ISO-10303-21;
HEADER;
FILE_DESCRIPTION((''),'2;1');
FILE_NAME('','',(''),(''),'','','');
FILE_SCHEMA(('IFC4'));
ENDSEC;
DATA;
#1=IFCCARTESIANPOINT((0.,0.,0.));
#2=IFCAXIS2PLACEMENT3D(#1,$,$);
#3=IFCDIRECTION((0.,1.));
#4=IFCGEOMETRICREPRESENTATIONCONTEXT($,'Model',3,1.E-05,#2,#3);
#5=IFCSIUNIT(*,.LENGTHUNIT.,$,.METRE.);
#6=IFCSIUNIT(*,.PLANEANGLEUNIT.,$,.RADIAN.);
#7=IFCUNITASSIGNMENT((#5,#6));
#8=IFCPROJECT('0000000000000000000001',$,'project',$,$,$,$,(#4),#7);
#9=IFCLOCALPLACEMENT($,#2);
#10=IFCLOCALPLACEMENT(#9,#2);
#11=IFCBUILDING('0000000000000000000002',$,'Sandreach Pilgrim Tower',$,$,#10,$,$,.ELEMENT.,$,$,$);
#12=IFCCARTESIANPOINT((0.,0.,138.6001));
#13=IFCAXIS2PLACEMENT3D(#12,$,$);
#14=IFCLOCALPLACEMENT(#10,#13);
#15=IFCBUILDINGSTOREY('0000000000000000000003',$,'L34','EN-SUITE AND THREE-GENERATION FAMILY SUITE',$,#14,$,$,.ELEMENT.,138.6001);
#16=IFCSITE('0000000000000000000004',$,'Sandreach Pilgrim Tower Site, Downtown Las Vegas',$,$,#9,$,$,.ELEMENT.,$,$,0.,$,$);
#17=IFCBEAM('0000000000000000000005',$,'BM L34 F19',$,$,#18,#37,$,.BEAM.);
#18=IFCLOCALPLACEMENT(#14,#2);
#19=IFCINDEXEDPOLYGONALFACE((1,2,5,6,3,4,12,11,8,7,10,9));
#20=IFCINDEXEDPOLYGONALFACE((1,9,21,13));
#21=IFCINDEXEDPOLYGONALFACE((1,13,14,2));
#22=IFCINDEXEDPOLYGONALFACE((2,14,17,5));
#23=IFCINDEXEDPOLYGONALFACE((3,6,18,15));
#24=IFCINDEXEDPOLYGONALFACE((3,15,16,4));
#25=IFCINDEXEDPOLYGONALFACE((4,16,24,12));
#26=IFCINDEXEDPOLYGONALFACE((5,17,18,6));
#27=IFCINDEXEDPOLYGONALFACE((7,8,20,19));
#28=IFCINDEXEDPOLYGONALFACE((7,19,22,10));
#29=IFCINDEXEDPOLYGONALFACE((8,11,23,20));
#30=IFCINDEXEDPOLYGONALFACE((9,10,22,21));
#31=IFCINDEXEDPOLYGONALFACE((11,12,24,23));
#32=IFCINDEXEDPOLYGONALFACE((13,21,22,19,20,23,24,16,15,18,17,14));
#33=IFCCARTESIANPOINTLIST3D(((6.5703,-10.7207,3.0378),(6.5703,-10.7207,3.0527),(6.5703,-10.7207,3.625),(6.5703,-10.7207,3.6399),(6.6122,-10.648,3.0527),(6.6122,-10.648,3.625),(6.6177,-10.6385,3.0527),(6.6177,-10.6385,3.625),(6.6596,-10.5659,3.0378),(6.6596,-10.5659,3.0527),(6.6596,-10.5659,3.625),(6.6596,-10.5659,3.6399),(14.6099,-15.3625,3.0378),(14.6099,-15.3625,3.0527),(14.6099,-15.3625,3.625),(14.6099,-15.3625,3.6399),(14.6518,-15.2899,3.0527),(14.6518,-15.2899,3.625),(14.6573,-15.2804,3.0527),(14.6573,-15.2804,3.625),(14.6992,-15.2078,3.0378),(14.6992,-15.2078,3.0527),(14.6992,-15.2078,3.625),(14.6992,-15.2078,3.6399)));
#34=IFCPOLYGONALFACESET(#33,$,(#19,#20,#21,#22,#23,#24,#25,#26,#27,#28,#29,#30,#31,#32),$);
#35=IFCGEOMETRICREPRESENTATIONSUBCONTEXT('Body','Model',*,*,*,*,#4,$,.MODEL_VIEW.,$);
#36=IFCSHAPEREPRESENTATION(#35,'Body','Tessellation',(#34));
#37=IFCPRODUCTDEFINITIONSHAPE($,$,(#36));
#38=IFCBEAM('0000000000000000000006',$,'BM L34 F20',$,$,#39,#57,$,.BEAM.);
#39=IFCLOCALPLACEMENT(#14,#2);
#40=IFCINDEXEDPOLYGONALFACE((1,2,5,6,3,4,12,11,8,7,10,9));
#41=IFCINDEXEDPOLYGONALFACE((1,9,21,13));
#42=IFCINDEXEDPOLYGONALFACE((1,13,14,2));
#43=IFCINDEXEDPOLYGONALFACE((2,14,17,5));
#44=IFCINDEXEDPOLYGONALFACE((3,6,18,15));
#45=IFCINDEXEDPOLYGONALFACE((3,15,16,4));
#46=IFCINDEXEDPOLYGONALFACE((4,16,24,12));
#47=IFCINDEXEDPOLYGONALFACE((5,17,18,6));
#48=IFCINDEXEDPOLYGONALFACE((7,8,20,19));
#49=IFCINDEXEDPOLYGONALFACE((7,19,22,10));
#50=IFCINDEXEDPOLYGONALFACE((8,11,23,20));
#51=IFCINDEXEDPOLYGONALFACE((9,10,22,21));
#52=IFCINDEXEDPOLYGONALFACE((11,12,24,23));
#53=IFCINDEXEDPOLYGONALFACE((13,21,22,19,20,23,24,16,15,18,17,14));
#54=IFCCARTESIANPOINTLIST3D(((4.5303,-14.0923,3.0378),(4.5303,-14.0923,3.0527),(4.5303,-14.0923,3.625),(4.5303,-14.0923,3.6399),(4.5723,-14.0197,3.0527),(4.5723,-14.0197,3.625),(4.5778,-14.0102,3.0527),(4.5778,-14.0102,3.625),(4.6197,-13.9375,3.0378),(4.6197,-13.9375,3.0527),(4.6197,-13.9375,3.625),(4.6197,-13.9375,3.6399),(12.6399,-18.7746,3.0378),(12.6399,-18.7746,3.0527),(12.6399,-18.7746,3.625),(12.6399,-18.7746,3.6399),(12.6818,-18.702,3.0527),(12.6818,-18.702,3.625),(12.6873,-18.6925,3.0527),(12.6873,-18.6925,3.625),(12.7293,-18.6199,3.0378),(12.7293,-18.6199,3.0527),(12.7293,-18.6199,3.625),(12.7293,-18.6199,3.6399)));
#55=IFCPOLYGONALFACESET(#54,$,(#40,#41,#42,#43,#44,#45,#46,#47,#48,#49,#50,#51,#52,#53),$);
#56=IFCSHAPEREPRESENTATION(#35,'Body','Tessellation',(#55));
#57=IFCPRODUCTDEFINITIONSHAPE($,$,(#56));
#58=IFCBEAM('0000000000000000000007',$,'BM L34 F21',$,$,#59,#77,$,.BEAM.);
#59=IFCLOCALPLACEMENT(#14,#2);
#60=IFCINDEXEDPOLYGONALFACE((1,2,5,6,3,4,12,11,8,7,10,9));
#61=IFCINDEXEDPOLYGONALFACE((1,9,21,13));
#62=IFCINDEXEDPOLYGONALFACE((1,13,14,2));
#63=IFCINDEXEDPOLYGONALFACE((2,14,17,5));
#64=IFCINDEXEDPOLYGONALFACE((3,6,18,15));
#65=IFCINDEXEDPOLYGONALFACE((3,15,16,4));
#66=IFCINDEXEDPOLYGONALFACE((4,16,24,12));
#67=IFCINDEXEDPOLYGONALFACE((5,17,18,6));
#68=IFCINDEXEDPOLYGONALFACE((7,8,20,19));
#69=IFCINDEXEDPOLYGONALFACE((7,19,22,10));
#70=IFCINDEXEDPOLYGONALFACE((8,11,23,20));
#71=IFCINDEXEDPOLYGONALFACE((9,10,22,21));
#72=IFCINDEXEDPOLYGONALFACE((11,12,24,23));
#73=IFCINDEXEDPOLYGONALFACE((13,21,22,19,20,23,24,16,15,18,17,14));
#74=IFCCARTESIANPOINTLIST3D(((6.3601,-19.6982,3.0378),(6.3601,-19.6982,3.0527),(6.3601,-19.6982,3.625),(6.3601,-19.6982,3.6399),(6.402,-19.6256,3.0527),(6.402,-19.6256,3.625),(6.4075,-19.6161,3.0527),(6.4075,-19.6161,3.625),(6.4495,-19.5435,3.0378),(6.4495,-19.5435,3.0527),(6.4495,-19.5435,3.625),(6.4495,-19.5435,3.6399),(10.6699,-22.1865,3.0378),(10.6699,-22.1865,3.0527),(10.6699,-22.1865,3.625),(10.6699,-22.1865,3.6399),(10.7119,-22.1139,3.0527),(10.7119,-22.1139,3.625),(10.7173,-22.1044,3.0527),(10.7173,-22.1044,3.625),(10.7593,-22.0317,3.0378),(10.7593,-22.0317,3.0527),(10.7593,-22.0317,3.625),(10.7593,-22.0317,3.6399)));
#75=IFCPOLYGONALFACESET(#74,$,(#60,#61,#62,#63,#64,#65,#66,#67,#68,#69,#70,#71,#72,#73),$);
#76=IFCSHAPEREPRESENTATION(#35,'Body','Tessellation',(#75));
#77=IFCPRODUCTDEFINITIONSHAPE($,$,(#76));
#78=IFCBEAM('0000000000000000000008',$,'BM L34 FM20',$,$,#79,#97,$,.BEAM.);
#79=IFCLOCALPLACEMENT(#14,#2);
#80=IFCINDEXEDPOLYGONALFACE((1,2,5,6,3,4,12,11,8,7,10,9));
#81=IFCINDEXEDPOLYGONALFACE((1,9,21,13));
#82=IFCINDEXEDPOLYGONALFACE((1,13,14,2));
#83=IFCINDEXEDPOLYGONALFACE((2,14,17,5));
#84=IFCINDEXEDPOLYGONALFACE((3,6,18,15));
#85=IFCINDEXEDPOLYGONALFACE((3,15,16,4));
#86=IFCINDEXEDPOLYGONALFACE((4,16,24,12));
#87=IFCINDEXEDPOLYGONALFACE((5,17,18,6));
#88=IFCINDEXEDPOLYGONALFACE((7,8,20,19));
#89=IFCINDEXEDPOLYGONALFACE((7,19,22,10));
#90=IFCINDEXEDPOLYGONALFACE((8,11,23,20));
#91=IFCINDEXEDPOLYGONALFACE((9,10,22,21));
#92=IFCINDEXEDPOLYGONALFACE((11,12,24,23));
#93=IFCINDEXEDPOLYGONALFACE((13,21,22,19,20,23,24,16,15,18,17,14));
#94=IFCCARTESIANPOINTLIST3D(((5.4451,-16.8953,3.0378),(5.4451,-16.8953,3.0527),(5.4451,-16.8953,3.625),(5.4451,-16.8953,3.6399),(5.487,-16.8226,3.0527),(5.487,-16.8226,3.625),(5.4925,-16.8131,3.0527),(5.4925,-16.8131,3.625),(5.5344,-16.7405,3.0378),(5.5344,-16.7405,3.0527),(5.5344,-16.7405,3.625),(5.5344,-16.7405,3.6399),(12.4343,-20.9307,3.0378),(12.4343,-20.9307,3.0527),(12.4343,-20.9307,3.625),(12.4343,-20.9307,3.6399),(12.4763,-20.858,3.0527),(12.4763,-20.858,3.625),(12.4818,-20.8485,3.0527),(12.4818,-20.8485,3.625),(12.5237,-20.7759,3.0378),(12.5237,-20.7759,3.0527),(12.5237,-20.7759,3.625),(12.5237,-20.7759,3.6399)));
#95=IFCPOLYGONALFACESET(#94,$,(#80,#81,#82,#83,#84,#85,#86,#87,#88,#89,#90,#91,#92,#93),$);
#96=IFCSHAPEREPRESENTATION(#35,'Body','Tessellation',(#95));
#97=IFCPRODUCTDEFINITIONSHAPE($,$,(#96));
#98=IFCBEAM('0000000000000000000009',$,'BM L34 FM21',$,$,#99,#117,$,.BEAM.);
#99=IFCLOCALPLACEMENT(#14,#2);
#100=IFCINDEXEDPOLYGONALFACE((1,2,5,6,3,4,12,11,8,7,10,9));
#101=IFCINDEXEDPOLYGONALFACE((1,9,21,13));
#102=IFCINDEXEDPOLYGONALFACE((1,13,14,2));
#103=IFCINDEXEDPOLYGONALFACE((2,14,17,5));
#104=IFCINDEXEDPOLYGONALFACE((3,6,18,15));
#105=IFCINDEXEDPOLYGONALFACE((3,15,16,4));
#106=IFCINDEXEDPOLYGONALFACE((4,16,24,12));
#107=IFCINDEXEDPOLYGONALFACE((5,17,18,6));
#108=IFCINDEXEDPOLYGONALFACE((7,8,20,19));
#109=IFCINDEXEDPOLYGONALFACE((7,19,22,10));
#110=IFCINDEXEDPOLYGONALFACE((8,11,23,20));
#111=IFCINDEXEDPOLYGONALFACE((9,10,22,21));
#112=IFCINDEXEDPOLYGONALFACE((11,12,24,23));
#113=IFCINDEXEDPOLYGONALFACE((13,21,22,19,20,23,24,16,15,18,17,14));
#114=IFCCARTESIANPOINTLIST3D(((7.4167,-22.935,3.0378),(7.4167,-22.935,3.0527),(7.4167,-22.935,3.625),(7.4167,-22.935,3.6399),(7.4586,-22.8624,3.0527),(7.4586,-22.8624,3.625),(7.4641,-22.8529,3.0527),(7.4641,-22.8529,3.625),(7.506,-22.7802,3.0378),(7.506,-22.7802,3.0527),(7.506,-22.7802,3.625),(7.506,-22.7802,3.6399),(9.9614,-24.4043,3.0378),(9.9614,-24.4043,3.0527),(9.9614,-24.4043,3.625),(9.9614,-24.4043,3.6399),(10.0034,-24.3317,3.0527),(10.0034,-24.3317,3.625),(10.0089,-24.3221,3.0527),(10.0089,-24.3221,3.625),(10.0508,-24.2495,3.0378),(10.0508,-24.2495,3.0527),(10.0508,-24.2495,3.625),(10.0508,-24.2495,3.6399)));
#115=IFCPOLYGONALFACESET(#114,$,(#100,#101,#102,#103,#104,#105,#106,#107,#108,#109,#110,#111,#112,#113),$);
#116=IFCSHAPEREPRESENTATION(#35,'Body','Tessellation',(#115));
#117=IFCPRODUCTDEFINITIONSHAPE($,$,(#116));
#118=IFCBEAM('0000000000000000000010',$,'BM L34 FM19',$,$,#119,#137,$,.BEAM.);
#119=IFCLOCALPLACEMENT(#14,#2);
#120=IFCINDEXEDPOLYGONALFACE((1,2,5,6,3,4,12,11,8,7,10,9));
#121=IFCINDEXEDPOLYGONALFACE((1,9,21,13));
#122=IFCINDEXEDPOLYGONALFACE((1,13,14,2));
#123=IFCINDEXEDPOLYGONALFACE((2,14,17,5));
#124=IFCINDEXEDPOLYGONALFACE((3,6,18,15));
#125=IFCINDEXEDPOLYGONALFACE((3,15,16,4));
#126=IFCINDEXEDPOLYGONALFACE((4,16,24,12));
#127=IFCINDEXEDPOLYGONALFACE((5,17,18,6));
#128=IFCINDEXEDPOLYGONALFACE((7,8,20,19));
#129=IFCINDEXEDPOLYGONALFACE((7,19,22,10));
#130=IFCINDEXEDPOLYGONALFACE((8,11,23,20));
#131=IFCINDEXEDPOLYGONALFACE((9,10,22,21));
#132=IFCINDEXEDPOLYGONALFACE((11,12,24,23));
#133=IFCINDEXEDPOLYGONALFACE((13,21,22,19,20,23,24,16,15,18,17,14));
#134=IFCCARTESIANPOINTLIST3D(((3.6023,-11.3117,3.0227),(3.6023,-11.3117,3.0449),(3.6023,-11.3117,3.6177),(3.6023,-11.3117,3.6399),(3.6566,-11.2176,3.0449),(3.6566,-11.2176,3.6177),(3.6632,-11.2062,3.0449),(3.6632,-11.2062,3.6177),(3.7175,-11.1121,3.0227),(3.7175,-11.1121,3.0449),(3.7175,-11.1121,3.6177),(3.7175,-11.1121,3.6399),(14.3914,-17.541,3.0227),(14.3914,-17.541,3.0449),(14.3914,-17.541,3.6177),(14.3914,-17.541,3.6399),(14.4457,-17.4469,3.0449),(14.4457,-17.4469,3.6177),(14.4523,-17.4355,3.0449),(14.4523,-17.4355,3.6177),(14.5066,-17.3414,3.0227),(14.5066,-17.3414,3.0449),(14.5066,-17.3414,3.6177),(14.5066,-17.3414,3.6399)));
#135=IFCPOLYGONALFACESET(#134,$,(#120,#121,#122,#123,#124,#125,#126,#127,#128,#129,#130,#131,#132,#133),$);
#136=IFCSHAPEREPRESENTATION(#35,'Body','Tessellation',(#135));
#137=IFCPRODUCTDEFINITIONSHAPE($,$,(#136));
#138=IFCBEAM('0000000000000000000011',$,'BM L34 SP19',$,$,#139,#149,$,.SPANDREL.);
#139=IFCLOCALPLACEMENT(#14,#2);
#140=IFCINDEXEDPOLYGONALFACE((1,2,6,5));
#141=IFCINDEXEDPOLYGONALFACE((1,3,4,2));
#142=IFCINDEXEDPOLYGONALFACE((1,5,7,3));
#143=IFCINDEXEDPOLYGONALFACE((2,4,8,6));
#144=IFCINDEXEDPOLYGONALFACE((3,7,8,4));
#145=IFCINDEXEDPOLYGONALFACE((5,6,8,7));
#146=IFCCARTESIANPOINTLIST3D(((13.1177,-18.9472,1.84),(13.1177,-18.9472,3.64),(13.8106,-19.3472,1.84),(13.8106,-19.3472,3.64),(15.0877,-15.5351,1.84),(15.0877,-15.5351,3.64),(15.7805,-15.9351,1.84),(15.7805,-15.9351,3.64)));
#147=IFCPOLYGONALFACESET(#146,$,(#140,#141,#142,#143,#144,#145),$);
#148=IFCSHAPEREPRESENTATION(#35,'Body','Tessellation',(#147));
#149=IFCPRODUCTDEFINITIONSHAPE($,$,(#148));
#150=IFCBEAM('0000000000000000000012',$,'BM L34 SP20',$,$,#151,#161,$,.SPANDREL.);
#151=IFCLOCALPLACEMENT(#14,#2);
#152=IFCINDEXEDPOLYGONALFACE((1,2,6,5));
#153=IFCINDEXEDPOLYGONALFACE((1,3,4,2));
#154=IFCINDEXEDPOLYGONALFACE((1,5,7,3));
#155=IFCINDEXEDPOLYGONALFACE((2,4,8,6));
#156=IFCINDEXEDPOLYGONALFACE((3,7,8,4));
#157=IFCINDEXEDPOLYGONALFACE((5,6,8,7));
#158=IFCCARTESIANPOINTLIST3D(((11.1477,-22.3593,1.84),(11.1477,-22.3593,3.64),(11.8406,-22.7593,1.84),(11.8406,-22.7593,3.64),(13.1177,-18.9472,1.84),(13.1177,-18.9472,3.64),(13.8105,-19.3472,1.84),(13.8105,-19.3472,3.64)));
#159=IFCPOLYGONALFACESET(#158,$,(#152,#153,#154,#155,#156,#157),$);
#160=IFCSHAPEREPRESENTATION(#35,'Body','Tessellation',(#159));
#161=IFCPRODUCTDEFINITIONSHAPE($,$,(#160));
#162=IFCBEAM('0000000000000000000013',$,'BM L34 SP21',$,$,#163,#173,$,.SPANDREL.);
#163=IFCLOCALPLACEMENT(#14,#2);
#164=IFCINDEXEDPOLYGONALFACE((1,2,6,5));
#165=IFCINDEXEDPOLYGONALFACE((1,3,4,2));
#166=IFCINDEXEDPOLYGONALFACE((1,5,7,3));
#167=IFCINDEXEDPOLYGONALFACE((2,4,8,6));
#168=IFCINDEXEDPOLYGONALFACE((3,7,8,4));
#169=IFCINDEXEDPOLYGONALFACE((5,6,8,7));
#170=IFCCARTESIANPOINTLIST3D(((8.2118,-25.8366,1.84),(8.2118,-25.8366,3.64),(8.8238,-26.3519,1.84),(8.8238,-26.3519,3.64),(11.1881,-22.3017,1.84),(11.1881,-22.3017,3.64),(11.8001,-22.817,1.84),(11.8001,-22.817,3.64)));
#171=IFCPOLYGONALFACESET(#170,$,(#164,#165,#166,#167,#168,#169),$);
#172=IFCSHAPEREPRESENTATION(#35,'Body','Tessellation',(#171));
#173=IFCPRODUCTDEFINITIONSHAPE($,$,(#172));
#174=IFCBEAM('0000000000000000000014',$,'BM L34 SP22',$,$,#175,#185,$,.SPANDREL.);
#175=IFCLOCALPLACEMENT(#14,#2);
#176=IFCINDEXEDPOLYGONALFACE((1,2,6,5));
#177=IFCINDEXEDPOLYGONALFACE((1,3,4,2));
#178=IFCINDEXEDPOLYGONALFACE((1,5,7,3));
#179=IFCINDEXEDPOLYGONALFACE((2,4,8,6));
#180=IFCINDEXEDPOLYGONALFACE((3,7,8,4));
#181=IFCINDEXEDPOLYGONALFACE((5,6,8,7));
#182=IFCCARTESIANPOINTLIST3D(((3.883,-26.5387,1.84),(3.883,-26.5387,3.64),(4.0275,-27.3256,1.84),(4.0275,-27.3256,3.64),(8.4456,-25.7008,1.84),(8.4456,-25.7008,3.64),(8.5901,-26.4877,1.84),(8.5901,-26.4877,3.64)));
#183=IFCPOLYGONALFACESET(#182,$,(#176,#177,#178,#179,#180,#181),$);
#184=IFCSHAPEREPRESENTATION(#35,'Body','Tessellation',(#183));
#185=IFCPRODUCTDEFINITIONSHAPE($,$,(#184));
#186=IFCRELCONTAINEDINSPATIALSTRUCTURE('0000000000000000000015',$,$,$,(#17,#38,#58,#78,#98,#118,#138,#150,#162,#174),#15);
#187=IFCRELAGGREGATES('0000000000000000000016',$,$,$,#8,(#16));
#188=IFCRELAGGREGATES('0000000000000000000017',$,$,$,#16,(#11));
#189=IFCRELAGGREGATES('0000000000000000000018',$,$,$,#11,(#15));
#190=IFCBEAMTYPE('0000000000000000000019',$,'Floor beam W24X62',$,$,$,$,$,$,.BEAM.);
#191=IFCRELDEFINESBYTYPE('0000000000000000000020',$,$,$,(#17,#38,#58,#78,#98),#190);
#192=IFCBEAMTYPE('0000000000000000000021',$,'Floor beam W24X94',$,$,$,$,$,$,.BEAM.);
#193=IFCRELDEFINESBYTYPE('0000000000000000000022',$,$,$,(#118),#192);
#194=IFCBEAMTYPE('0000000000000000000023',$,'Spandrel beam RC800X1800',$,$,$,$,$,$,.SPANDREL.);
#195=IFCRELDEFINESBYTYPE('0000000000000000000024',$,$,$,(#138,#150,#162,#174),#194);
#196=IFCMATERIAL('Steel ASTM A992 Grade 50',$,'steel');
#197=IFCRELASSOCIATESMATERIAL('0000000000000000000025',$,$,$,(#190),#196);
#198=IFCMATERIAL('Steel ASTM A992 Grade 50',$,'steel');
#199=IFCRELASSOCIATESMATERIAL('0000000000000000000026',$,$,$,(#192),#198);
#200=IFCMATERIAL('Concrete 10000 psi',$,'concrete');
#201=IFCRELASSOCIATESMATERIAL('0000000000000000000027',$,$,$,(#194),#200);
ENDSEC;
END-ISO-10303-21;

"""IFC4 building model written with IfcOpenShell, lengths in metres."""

from ifc_helpers import new_model, si_unit, direction, frame, origin, origin_2d, place, context, subcontext, project, spatial, rectangle, i_section, extrude, material, material_profile, profile_set, type_object, element, save


model = new_model("IFC4")

# Units and contexts
model_context = context("Model", 3, precision=1e-05, world=origin(), true_north=direction((0.0, 1.0)))
body_context = subcontext(model_context, "Body", "Model", "MODEL_VIEW")
ifc_project = project(units=[si_unit("LENGTHUNIT", "METRE"), si_unit("PLANEANGLEUNIT", "RADIAN")], contexts=[model_context])

# Site, building, storey
site_placement = place(None, origin())
site = spatial("IfcSite", under=ifc_project, at=site_placement, Name="Sandreach Pilgrim Tower Site, Downtown Las Vegas", CompositionType="ELEMENT", RefElevation=0.0)
building_placement = place(site_placement, origin())
building = spatial("IfcBuilding", under=site, at=building_placement, Name="Sandreach Pilgrim Tower", CompositionType="ELEMENT")
storey_placement = place(building_placement, frame((0.0, 0.0, 138.6001)))
storey = spatial("IfcBuildingStorey", under=building, at=storey_placement, Name="L34", Description="EN-SUITE AND THREE-GENERATION FAMILY SUITE", CompositionType="ELEMENT", Elevation=138.6001)

# Beams
ifc_material_1 = material(Name="Steel ASTM A992 Grade 50", Category="steel")
ifc_material_profile_1 = material_profile(ifc_material_1, i_section(OverallWidth=0.1787, OverallDepth=0.6021, WebThickness=0.011, FlangeThickness=0.0149, at=origin_2d()), Name="W24X62")
ifc_profile_set_1 = profile_set([ifc_material_profile_1], Name="Steel ASTM A992 Grade 50")
beam_type_1 = type_object("IfcBeamType", Name="Floor beam W24X62", PredefinedType="BEAM", material=ifc_profile_set_1)
beam_1_placement = place(storey_placement, frame((14.6545, -15.2852, 3.3389), z_axis=(-0.866016, 0.500017, 0.0), x_axis=(-0.500017, -0.866016, 0.0)))
element("IfcBeam", 1, at=beam_1_placement, inside=storey, type_object=beam_type_1, Name="BM L34 F19", PredefinedType="BEAM", context=body_context, shape_type="SweptSolid", body=[
    extrude(i_section(OverallWidth=0.1787, OverallDepth=0.6021, WebThickness=0.011, FlangeThickness=0.0149, at=origin_2d()), origin(), (0.0, 0.0, 1.0), 9.2834),
])
beam_2_placement = place(storey_placement, frame((12.6846, -18.6973, 3.3389), z_axis=(-0.866012, 0.500023, 0.0), x_axis=(-0.500023, -0.866012, 0.0)))
element("IfcBeam", 2, at=beam_2_placement, inside=storey, type_object=beam_type_1, Name="BM L34 F20", PredefinedType="BEAM", context=body_context, shape_type="SweptSolid", body=[
    extrude(i_section(OverallWidth=0.1787, OverallDepth=0.6021, WebThickness=0.011, FlangeThickness=0.0149, at=origin_2d()), origin(), (0.0, 0.0, 1.0), 9.3643),
])
beam_3_placement = place(storey_placement, frame((10.7146, -22.1091, 3.3389), z_axis=(-0.866025, 0.500001, 0.0), x_axis=(-0.500001, -0.866025, 0.0)))
element("IfcBeam", 3, at=beam_3_placement, inside=storey, type_object=beam_type_1, Name="BM L34 F21", PredefinedType="BEAM", context=body_context, shape_type="SweptSolid", body=[
    extrude(i_section(OverallWidth=0.1787, OverallDepth=0.6021, WebThickness=0.011, FlangeThickness=0.0149, at=origin_2d()), origin(), (0.0, 0.0, 1.0), 4.9766),
])
beam_4_placement = place(storey_placement, frame((12.479, -20.8533, 3.3389), z_axis=(-0.866017, 0.500014, 0.0), x_axis=(-0.500014, -0.866017, 0.0)))
element("IfcBeam", 4, at=beam_4_placement, inside=storey, type_object=beam_type_1, Name="BM L34 FM20", PredefinedType="BEAM", context=body_context, shape_type="SweptSolid", body=[
    extrude(i_section(OverallWidth=0.1787, OverallDepth=0.6021, WebThickness=0.011, FlangeThickness=0.0149, at=origin_2d()), origin(), (0.0, 0.0, 1.0), 8.0706),
])
beam_5_placement = place(storey_placement, frame((10.0061, -24.3269, 3.3389), z_axis=(-0.866015, 0.500017, 0.0), x_axis=(-0.500017, -0.866015, 0.0)))
element("IfcBeam", 5, at=beam_5_placement, inside=storey, type_object=beam_type_1, Name="BM L34 FM21", PredefinedType="BEAM", context=body_context, shape_type="SweptSolid", body=[
    extrude(i_section(OverallWidth=0.1787, OverallDepth=0.6021, WebThickness=0.011, FlangeThickness=0.0149, at=origin_2d()), origin(), (0.0, 0.0, 1.0), 2.9385),
])
ifc_material_2 = material(Name="Steel ASTM A992 Grade 50", Category="steel")
ifc_material_profile_2 = material_profile(ifc_material_2, i_section(OverallWidth=0.2305, OverallDepth=0.6172, WebThickness=0.0132, FlangeThickness=0.0222, at=origin_2d()), Name="W24X94")
ifc_profile_set_2 = profile_set([ifc_material_profile_2], Name="Steel ASTM A992 Grade 50")
beam_type_2 = type_object("IfcBeamType", Name="Floor beam W24X94", PredefinedType="BEAM", material=ifc_profile_set_2)
beam_6_placement = place(storey_placement, frame((14.449, -17.4412, 3.3313), z_axis=(-0.866019, 0.500011, 0.0), x_axis=(-0.500011, -0.866019, 0.0)))
element("IfcBeam", 6, at=beam_6_placement, inside=storey, type_object=beam_type_2, Name="BM L34 FM19", PredefinedType="BEAM", context=body_context, shape_type="SweptSolid", body=[
    extrude(i_section(OverallWidth=0.2305, OverallDepth=0.6172, WebThickness=0.0132, FlangeThickness=0.0222, at=origin_2d()), origin(), (0.0, 0.0, 1.0), 12.4583),
])
ifc_material_3 = material(Name="Concrete 10000 psi", Category="concrete")
ifc_material_profile_3 = material_profile(ifc_material_3, rectangle(XDim=0.8, YDim=1.8, at=origin_2d()), Name="RC800X1800")
ifc_profile_set_3 = profile_set([ifc_material_profile_3], Name="Concrete 10000 psi")
beam_type_3 = type_object("IfcBeamType", Name="Spandrel beam RC800X1800", PredefinedType="SPANDREL", material=ifc_profile_set_3)
for number, where, z_axis, x_axis, name in (
    (7, (15.4341, -15.7351, 2.74), (-0.499998, -0.866027, 0.0), (0.866027, -0.499998, 0.0), "BM L34 SP19"),
    (8, (13.4641, -19.1472, 2.74), (-0.499998, -0.866027, 0.0), (0.866027, -0.499998, 0.0), "BM L34 SP20"),
):
    element("IfcBeam", number, at=place(storey_placement, frame(where, z_axis=z_axis, x_axis=x_axis)), inside=storey, type_object=beam_type_3, Name=name, PredefinedType="SPANDREL", context=body_context, shape_type="SweptSolid", body=[
        extrude(rectangle(XDim=0.8, YDim=1.8, at=origin_2d()), origin(), (0.0, 0.0, 1.0), 3.9399),
    ])
beam_7_placement = place(storey_placement, frame((11.4941, -22.5593, 2.74), z_axis=(-0.644079, -0.764959, 0.0), x_axis=(0.764959, -0.644079, 0.0)))
element("IfcBeam", 9, at=beam_7_placement, inside=storey, type_object=beam_type_3, Name="BM L34 SP21", PredefinedType="SPANDREL", context=body_context, shape_type="SweptSolid", body=[
    extrude(rectangle(XDim=0.8, YDim=1.8, at=origin_2d()), origin(), (0.0, 0.0, 1.0), 4.6211),
])
beam_8_placement = place(storey_placement, frame((8.5178, -26.0942, 2.74), z_axis=(-0.983552, -0.180627, 0.0), x_axis=(0.180627, -0.983552, 0.0)))
element("IfcBeam", 10, at=beam_8_placement, inside=storey, type_object=beam_type_3, Name="BM L34 SP22", PredefinedType="SPANDREL", context=body_context, shape_type="SweptSolid", body=[
    extrude(rectangle(XDim=0.8, YDim=1.8, at=origin_2d()), origin(), (0.0, 0.0, 1.0), 4.6389),
])

save(model, "model.ifc")
